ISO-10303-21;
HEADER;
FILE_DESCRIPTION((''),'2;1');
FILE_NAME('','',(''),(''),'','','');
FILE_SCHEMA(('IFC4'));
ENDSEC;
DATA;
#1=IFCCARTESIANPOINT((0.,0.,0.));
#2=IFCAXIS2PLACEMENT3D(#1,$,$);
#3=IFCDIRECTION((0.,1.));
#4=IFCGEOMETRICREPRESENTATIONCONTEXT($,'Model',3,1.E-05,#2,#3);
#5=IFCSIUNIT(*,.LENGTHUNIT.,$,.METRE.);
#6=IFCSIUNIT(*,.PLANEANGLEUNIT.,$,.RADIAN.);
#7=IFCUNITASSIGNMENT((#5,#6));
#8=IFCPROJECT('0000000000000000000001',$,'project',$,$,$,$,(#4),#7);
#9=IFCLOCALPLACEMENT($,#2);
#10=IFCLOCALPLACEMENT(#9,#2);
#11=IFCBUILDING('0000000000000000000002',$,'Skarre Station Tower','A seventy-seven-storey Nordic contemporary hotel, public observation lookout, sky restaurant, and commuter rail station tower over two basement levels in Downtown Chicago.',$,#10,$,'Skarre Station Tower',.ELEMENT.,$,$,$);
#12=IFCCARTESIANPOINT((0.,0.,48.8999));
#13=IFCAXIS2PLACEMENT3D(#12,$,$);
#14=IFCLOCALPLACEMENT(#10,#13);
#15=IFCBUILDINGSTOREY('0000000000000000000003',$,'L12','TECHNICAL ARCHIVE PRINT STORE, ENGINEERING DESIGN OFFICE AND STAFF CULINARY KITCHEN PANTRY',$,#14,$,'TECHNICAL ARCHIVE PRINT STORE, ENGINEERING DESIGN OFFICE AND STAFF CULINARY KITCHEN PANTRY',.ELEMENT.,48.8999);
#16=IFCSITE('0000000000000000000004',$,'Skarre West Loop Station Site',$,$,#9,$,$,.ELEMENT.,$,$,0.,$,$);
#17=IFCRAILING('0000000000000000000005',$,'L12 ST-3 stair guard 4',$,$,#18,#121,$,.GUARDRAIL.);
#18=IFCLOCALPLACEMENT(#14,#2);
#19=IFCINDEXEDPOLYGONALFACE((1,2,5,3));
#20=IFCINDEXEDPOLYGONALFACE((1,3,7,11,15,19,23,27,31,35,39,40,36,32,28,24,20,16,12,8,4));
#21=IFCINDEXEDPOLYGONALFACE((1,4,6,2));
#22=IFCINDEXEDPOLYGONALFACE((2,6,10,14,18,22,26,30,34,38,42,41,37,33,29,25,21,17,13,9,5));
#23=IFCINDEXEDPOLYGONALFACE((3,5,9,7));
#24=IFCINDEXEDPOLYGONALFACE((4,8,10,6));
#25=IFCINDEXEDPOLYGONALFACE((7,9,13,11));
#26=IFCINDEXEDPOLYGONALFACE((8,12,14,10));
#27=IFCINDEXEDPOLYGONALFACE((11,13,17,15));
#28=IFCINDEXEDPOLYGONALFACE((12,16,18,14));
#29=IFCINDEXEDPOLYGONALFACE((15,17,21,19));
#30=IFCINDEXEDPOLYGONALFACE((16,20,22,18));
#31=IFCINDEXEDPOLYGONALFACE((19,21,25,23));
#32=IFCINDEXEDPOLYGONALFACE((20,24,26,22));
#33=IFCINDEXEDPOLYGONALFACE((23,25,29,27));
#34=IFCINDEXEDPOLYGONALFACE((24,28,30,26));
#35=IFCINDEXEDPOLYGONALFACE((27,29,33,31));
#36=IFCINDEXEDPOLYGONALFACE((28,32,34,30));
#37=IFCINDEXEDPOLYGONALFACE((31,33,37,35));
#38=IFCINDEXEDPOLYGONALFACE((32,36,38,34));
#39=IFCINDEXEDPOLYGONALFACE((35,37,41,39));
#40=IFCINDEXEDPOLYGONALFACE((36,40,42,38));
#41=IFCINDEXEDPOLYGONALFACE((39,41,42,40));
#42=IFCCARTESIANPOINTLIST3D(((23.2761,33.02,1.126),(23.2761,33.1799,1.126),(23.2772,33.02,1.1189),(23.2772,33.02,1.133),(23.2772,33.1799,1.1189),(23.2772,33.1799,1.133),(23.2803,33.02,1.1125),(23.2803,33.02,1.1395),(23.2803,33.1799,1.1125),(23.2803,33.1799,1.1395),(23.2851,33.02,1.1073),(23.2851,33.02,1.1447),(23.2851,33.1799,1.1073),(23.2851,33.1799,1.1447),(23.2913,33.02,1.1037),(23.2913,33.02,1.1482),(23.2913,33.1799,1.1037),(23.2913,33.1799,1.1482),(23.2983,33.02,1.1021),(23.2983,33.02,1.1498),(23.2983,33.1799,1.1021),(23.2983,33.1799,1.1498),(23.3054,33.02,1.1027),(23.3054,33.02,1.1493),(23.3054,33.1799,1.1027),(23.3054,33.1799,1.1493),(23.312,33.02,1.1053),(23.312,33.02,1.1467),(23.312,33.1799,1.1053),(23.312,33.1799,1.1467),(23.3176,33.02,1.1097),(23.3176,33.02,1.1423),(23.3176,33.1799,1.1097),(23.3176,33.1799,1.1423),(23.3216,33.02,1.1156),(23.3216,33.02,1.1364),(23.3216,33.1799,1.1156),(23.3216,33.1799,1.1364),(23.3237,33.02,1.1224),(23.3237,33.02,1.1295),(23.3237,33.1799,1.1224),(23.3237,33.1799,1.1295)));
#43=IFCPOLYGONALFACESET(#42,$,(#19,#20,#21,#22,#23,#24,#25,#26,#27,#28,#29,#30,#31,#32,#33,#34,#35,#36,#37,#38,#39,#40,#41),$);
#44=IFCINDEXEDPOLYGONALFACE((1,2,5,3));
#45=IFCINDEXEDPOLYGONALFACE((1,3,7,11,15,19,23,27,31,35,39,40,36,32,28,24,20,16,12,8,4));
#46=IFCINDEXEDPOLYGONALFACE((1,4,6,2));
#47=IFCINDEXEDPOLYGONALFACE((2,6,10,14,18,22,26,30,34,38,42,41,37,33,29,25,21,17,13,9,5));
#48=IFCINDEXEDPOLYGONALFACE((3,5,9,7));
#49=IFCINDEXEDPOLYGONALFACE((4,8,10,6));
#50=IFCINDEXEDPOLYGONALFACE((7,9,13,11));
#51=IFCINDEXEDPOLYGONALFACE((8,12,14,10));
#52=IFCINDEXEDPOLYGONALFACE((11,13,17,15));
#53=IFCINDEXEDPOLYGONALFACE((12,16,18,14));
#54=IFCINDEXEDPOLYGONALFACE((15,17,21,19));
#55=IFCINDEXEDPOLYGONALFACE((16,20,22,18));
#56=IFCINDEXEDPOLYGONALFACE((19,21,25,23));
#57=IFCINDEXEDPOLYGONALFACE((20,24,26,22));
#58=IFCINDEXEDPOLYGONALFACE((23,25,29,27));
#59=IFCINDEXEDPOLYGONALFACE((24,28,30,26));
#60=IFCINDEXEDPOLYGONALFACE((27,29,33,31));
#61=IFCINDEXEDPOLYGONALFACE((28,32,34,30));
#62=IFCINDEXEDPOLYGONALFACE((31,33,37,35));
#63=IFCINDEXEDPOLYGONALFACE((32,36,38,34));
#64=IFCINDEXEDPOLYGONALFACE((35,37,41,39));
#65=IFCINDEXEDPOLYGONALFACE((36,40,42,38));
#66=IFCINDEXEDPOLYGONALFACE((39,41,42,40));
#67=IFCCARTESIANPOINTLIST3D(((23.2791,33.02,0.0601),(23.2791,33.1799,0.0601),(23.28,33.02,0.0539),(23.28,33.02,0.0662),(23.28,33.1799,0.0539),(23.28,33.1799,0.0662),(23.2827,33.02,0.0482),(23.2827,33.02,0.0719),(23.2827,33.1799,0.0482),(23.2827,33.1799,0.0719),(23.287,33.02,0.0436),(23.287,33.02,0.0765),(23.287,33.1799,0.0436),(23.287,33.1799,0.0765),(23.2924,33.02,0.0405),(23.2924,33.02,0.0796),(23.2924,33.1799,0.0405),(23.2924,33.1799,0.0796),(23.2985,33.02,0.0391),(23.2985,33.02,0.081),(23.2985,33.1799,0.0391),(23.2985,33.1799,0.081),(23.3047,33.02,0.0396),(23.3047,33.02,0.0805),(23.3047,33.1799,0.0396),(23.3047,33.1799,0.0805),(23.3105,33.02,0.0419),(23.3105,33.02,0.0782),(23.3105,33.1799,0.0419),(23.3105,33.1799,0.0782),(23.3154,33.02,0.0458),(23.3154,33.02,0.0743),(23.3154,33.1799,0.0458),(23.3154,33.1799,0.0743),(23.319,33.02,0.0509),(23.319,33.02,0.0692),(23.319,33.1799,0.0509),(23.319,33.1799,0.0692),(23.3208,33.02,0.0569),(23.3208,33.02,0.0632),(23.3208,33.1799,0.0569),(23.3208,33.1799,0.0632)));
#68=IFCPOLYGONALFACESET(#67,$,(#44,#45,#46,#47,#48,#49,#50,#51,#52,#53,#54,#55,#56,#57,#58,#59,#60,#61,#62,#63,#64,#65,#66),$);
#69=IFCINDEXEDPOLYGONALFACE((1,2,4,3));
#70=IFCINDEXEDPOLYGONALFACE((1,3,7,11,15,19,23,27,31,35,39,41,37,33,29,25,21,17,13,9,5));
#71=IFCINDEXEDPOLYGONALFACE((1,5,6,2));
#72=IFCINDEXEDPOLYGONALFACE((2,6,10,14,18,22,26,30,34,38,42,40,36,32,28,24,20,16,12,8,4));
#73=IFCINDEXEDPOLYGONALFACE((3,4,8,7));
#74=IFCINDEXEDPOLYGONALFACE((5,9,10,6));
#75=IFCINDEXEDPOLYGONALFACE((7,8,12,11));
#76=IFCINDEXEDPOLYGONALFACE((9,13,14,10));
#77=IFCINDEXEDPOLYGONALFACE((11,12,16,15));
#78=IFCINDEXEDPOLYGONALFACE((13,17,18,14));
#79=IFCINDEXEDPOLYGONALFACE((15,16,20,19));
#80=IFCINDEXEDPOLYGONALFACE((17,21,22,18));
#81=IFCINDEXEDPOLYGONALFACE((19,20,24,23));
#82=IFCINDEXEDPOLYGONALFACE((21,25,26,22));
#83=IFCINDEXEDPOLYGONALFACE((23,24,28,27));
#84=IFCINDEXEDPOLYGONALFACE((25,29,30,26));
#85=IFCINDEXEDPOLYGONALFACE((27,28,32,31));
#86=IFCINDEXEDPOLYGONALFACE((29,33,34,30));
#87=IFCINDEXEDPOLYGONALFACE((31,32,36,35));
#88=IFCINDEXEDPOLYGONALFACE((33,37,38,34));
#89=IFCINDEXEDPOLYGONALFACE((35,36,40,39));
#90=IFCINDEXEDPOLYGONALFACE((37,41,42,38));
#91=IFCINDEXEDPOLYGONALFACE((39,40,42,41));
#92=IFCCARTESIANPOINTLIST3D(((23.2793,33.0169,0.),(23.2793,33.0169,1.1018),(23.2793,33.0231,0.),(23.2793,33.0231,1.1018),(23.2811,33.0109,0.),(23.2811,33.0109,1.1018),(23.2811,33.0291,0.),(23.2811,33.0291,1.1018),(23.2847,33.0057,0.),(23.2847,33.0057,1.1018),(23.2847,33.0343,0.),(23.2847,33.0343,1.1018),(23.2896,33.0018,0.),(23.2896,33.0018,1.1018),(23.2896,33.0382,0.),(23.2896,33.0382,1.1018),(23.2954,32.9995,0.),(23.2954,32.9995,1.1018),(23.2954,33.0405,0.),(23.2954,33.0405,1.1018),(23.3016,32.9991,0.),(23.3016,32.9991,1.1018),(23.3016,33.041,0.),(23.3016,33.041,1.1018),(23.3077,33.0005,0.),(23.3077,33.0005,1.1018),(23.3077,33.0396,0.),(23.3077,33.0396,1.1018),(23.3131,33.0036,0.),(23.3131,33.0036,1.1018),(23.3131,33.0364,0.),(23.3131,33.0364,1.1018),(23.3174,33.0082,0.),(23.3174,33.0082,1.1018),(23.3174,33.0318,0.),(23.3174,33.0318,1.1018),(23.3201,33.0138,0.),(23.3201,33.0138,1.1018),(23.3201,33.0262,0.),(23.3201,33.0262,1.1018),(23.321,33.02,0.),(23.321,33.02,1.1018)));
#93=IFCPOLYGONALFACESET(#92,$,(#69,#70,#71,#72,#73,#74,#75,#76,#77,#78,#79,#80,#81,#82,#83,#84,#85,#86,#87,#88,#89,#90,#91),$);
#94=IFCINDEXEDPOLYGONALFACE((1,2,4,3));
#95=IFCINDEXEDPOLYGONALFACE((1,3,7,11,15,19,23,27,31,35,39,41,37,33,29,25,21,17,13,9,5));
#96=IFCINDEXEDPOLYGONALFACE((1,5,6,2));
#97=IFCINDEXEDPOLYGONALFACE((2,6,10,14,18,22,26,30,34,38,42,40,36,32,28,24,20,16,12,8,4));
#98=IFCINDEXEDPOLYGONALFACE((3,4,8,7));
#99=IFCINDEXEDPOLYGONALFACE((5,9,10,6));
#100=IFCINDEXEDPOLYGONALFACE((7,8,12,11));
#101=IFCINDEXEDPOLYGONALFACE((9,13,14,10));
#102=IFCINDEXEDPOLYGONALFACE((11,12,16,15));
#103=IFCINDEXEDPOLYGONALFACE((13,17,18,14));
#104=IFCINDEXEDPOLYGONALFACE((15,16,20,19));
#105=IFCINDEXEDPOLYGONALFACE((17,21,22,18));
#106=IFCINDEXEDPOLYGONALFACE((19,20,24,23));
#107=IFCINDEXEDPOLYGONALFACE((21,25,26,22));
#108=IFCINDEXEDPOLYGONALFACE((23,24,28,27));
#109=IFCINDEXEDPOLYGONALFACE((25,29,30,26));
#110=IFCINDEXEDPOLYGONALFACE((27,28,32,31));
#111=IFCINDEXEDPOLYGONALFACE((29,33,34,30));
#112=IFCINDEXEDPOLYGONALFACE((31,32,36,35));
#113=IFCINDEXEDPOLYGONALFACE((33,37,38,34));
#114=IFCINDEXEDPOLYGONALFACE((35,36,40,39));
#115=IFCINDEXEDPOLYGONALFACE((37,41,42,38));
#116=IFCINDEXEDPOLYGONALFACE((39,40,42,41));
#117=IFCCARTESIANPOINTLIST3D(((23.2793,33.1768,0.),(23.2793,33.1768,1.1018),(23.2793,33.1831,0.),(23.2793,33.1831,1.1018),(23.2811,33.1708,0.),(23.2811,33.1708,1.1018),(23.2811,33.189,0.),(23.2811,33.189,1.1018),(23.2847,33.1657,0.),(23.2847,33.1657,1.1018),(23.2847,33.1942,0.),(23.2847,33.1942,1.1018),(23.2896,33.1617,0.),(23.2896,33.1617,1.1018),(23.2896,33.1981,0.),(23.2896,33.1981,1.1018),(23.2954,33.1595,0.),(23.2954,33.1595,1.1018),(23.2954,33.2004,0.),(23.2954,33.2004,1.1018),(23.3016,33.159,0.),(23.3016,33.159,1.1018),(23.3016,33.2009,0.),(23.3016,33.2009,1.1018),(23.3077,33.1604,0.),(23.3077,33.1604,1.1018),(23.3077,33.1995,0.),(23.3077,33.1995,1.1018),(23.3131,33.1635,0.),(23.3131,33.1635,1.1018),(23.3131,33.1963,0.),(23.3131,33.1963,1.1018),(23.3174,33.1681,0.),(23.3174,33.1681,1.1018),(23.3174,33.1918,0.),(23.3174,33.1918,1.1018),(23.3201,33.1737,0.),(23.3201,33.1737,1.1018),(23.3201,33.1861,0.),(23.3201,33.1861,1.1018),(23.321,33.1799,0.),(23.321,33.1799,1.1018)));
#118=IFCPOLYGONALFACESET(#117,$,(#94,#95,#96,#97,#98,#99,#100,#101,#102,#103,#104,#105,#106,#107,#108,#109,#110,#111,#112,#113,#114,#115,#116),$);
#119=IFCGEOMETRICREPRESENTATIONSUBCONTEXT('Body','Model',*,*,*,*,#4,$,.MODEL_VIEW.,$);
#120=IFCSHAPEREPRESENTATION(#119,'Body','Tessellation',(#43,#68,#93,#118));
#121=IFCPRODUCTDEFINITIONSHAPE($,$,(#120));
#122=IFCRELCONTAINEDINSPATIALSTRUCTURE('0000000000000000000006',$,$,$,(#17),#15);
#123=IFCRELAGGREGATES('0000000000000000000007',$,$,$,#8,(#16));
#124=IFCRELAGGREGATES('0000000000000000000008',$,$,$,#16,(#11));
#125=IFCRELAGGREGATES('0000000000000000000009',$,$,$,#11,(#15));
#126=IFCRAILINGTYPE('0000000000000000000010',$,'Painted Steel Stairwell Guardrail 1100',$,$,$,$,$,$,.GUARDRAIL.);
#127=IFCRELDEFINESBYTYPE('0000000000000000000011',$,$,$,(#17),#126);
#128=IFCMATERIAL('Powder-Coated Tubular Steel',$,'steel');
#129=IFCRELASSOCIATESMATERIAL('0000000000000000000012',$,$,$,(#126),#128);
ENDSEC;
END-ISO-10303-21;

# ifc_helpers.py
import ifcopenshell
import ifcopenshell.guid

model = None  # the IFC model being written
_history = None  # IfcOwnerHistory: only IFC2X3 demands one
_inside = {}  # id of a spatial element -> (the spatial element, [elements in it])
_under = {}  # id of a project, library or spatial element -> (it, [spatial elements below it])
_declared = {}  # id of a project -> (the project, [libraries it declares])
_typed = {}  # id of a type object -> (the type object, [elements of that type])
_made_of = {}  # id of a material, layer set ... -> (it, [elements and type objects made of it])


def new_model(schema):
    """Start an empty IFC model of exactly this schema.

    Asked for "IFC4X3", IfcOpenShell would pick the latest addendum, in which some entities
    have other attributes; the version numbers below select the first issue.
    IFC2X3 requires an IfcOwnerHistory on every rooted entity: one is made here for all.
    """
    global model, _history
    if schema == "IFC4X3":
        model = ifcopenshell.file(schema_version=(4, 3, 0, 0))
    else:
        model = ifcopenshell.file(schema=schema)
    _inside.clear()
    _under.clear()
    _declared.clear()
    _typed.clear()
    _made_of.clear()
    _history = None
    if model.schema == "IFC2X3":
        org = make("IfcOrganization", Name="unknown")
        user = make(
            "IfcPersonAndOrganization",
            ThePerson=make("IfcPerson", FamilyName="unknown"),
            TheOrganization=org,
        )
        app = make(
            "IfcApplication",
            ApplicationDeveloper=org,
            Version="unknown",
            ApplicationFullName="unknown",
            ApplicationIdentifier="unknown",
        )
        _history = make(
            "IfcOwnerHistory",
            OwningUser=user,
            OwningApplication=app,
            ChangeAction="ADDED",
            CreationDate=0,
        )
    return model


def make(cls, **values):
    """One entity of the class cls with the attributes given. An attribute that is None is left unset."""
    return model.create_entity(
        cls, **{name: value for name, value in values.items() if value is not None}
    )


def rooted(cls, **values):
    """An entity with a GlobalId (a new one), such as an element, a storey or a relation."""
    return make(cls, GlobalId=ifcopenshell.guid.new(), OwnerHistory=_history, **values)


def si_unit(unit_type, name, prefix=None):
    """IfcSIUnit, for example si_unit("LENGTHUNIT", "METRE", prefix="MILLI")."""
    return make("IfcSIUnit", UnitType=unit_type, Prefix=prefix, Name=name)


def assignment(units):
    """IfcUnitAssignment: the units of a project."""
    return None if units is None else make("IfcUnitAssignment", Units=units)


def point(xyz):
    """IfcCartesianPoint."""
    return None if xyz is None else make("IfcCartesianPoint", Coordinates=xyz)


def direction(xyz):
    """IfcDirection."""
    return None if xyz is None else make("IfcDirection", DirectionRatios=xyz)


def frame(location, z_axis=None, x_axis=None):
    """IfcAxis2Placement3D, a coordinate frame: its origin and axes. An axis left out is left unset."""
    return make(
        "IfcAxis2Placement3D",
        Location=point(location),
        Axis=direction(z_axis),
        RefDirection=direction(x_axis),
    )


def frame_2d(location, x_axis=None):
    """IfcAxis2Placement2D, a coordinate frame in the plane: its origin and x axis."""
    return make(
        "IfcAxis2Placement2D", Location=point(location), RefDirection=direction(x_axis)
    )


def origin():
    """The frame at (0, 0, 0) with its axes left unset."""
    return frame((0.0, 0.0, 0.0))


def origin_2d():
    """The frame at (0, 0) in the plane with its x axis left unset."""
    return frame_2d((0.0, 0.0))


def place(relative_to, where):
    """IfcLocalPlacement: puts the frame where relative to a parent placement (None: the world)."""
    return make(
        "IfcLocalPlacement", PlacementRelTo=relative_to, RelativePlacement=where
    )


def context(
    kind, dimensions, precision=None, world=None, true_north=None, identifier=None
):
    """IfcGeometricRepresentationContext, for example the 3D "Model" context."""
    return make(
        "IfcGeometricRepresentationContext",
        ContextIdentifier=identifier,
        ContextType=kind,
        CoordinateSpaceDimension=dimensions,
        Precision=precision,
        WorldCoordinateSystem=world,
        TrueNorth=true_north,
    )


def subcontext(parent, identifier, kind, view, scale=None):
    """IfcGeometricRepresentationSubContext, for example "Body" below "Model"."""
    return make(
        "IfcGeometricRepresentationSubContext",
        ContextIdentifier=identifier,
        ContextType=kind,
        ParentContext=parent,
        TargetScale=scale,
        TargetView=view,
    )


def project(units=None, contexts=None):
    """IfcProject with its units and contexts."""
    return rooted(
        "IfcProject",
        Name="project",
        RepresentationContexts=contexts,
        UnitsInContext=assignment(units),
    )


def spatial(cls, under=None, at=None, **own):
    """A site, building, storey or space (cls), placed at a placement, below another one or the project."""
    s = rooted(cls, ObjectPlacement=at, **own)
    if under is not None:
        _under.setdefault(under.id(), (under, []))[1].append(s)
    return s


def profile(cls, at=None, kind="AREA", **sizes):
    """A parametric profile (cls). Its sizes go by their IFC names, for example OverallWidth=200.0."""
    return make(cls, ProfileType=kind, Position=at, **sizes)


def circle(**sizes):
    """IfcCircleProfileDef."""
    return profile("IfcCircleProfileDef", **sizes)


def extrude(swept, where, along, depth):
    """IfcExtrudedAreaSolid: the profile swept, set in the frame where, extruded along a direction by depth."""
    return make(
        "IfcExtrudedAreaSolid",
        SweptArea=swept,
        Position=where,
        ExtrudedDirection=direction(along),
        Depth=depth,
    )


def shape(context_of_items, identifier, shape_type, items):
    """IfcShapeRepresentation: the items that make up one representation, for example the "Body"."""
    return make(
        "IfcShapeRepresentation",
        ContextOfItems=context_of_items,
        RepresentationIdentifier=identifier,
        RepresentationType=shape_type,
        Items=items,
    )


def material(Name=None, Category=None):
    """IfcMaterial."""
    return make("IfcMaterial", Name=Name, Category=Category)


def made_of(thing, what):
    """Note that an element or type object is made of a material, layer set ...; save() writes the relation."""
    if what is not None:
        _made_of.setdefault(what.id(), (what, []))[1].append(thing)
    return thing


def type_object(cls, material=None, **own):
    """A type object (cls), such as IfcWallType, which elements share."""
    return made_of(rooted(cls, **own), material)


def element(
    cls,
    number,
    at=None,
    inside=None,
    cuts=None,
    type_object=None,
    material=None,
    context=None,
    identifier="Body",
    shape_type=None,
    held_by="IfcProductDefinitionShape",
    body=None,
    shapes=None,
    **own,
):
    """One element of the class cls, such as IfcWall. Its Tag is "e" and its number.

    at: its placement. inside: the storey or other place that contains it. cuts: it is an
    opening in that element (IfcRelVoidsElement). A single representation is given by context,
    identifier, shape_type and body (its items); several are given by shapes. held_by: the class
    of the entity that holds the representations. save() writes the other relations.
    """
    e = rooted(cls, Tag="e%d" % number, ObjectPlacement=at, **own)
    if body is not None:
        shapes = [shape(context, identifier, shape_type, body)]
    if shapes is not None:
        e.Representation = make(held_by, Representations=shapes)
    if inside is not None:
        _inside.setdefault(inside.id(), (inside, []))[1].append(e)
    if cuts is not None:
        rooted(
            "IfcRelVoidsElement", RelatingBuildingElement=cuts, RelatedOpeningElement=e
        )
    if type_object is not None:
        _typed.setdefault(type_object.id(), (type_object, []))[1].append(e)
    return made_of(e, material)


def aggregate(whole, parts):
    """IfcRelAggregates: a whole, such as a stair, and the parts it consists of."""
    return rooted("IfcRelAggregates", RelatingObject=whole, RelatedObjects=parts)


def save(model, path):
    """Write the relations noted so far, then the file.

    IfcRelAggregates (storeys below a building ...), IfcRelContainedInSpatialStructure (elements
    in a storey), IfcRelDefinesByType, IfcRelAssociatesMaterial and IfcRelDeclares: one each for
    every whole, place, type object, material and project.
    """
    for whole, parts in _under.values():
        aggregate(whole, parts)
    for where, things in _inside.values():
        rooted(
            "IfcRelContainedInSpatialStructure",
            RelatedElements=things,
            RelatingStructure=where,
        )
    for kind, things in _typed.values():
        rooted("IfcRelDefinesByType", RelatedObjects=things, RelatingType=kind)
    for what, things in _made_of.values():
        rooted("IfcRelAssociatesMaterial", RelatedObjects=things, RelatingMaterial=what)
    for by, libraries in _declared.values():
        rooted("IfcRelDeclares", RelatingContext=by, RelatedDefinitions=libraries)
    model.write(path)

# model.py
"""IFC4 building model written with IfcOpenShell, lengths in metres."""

from ifc_helpers import new_model, si_unit, direction, frame, origin, origin_2d, place, context, subcontext, project, spatial, circle, extrude, material, type_object, element, save


model = new_model("IFC4")

# Units and contexts
model_context = context("Model", 3, precision=1e-05, world=origin(), true_north=direction((0.0, 1.0)))
body_context = subcontext(model_context, "Body", "Model", "MODEL_VIEW")
ifc_project = project(units=[si_unit("LENGTHUNIT", "METRE"), si_unit("PLANEANGLEUNIT", "RADIAN")], contexts=[model_context])

# Site, building, storey
site_placement = place(None, origin())
site = spatial("IfcSite", under=ifc_project, at=site_placement, Name="Skarre West Loop Station Site", CompositionType="ELEMENT", RefElevation=0.0)
building_placement = place(site_placement, origin())
building = spatial("IfcBuilding", under=site, at=building_placement, Name="Skarre Station Tower", Description="A seventy-seven-storey Nordic contemporary hotel, public observation lookout, sky restaurant, and commuter rail station tower over two basement levels in Downtown Chicago.", LongName="Skarre Station Tower", CompositionType="ELEMENT")
storey_placement = place(building_placement, frame((0.0, 0.0, 48.8999)))
storey = spatial("IfcBuildingStorey", under=building, at=storey_placement, Name="L12", Description="TECHNICAL ARCHIVE PRINT STORE, ENGINEERING DESIGN OFFICE AND STAFF CULINARY KITCHEN PANTRY", LongName="TECHNICAL ARCHIVE PRINT STORE, ENGINEERING DESIGN OFFICE AND STAFF CULINARY KITCHEN PANTRY", CompositionType="ELEMENT", Elevation=48.8999)

# Railing
ifc_material_1 = material(Name="Powder-Coated Tubular Steel", Category="steel")
railing_type_1 = type_object("IfcRailingType", Name="Painted Steel Stairwell Guardrail 1100", PredefinedType="GUARDRAIL", material=ifc_material_1)
railing_1_placement = place(storey_placement, frame((23.3, 33.02, 0.0)))
element("IfcRailing", 1, at=railing_1_placement, inside=storey, type_object=railing_type_1, Name="L12 ST-3 stair guard 4", PredefinedType="GUARDRAIL", context=body_context, shape_type="SweptSolid", body=[
    extrude(circle(Radius=0.0239, at=origin_2d()), frame((0.0, 0.0, 1.126), z_axis=(0.0, 1.0, 0.0), x_axis=(-1.0, 0.0, 0.0)), (0.0, 0.0, 1.0), 0.1599),
    extrude(circle(Radius=0.021, at=origin_2d()), frame((0.0, 0.0, 0.0601), z_axis=(0.0, 1.0, 0.0), x_axis=(-1.0, 0.0, 0.0)), (0.0, 0.0, 1.0), 0.1599),
    extrude(circle(Radius=0.021, at=origin_2d()), origin(), (0.0, 0.0, 1.0), 1.1018),
    extrude(circle(Radius=0.021, at=origin_2d()), frame((0.0, 0.1599, 0.0)), (0.0, 0.0, 1.0), 1.1018),
])

save(model, "model.ifc")
